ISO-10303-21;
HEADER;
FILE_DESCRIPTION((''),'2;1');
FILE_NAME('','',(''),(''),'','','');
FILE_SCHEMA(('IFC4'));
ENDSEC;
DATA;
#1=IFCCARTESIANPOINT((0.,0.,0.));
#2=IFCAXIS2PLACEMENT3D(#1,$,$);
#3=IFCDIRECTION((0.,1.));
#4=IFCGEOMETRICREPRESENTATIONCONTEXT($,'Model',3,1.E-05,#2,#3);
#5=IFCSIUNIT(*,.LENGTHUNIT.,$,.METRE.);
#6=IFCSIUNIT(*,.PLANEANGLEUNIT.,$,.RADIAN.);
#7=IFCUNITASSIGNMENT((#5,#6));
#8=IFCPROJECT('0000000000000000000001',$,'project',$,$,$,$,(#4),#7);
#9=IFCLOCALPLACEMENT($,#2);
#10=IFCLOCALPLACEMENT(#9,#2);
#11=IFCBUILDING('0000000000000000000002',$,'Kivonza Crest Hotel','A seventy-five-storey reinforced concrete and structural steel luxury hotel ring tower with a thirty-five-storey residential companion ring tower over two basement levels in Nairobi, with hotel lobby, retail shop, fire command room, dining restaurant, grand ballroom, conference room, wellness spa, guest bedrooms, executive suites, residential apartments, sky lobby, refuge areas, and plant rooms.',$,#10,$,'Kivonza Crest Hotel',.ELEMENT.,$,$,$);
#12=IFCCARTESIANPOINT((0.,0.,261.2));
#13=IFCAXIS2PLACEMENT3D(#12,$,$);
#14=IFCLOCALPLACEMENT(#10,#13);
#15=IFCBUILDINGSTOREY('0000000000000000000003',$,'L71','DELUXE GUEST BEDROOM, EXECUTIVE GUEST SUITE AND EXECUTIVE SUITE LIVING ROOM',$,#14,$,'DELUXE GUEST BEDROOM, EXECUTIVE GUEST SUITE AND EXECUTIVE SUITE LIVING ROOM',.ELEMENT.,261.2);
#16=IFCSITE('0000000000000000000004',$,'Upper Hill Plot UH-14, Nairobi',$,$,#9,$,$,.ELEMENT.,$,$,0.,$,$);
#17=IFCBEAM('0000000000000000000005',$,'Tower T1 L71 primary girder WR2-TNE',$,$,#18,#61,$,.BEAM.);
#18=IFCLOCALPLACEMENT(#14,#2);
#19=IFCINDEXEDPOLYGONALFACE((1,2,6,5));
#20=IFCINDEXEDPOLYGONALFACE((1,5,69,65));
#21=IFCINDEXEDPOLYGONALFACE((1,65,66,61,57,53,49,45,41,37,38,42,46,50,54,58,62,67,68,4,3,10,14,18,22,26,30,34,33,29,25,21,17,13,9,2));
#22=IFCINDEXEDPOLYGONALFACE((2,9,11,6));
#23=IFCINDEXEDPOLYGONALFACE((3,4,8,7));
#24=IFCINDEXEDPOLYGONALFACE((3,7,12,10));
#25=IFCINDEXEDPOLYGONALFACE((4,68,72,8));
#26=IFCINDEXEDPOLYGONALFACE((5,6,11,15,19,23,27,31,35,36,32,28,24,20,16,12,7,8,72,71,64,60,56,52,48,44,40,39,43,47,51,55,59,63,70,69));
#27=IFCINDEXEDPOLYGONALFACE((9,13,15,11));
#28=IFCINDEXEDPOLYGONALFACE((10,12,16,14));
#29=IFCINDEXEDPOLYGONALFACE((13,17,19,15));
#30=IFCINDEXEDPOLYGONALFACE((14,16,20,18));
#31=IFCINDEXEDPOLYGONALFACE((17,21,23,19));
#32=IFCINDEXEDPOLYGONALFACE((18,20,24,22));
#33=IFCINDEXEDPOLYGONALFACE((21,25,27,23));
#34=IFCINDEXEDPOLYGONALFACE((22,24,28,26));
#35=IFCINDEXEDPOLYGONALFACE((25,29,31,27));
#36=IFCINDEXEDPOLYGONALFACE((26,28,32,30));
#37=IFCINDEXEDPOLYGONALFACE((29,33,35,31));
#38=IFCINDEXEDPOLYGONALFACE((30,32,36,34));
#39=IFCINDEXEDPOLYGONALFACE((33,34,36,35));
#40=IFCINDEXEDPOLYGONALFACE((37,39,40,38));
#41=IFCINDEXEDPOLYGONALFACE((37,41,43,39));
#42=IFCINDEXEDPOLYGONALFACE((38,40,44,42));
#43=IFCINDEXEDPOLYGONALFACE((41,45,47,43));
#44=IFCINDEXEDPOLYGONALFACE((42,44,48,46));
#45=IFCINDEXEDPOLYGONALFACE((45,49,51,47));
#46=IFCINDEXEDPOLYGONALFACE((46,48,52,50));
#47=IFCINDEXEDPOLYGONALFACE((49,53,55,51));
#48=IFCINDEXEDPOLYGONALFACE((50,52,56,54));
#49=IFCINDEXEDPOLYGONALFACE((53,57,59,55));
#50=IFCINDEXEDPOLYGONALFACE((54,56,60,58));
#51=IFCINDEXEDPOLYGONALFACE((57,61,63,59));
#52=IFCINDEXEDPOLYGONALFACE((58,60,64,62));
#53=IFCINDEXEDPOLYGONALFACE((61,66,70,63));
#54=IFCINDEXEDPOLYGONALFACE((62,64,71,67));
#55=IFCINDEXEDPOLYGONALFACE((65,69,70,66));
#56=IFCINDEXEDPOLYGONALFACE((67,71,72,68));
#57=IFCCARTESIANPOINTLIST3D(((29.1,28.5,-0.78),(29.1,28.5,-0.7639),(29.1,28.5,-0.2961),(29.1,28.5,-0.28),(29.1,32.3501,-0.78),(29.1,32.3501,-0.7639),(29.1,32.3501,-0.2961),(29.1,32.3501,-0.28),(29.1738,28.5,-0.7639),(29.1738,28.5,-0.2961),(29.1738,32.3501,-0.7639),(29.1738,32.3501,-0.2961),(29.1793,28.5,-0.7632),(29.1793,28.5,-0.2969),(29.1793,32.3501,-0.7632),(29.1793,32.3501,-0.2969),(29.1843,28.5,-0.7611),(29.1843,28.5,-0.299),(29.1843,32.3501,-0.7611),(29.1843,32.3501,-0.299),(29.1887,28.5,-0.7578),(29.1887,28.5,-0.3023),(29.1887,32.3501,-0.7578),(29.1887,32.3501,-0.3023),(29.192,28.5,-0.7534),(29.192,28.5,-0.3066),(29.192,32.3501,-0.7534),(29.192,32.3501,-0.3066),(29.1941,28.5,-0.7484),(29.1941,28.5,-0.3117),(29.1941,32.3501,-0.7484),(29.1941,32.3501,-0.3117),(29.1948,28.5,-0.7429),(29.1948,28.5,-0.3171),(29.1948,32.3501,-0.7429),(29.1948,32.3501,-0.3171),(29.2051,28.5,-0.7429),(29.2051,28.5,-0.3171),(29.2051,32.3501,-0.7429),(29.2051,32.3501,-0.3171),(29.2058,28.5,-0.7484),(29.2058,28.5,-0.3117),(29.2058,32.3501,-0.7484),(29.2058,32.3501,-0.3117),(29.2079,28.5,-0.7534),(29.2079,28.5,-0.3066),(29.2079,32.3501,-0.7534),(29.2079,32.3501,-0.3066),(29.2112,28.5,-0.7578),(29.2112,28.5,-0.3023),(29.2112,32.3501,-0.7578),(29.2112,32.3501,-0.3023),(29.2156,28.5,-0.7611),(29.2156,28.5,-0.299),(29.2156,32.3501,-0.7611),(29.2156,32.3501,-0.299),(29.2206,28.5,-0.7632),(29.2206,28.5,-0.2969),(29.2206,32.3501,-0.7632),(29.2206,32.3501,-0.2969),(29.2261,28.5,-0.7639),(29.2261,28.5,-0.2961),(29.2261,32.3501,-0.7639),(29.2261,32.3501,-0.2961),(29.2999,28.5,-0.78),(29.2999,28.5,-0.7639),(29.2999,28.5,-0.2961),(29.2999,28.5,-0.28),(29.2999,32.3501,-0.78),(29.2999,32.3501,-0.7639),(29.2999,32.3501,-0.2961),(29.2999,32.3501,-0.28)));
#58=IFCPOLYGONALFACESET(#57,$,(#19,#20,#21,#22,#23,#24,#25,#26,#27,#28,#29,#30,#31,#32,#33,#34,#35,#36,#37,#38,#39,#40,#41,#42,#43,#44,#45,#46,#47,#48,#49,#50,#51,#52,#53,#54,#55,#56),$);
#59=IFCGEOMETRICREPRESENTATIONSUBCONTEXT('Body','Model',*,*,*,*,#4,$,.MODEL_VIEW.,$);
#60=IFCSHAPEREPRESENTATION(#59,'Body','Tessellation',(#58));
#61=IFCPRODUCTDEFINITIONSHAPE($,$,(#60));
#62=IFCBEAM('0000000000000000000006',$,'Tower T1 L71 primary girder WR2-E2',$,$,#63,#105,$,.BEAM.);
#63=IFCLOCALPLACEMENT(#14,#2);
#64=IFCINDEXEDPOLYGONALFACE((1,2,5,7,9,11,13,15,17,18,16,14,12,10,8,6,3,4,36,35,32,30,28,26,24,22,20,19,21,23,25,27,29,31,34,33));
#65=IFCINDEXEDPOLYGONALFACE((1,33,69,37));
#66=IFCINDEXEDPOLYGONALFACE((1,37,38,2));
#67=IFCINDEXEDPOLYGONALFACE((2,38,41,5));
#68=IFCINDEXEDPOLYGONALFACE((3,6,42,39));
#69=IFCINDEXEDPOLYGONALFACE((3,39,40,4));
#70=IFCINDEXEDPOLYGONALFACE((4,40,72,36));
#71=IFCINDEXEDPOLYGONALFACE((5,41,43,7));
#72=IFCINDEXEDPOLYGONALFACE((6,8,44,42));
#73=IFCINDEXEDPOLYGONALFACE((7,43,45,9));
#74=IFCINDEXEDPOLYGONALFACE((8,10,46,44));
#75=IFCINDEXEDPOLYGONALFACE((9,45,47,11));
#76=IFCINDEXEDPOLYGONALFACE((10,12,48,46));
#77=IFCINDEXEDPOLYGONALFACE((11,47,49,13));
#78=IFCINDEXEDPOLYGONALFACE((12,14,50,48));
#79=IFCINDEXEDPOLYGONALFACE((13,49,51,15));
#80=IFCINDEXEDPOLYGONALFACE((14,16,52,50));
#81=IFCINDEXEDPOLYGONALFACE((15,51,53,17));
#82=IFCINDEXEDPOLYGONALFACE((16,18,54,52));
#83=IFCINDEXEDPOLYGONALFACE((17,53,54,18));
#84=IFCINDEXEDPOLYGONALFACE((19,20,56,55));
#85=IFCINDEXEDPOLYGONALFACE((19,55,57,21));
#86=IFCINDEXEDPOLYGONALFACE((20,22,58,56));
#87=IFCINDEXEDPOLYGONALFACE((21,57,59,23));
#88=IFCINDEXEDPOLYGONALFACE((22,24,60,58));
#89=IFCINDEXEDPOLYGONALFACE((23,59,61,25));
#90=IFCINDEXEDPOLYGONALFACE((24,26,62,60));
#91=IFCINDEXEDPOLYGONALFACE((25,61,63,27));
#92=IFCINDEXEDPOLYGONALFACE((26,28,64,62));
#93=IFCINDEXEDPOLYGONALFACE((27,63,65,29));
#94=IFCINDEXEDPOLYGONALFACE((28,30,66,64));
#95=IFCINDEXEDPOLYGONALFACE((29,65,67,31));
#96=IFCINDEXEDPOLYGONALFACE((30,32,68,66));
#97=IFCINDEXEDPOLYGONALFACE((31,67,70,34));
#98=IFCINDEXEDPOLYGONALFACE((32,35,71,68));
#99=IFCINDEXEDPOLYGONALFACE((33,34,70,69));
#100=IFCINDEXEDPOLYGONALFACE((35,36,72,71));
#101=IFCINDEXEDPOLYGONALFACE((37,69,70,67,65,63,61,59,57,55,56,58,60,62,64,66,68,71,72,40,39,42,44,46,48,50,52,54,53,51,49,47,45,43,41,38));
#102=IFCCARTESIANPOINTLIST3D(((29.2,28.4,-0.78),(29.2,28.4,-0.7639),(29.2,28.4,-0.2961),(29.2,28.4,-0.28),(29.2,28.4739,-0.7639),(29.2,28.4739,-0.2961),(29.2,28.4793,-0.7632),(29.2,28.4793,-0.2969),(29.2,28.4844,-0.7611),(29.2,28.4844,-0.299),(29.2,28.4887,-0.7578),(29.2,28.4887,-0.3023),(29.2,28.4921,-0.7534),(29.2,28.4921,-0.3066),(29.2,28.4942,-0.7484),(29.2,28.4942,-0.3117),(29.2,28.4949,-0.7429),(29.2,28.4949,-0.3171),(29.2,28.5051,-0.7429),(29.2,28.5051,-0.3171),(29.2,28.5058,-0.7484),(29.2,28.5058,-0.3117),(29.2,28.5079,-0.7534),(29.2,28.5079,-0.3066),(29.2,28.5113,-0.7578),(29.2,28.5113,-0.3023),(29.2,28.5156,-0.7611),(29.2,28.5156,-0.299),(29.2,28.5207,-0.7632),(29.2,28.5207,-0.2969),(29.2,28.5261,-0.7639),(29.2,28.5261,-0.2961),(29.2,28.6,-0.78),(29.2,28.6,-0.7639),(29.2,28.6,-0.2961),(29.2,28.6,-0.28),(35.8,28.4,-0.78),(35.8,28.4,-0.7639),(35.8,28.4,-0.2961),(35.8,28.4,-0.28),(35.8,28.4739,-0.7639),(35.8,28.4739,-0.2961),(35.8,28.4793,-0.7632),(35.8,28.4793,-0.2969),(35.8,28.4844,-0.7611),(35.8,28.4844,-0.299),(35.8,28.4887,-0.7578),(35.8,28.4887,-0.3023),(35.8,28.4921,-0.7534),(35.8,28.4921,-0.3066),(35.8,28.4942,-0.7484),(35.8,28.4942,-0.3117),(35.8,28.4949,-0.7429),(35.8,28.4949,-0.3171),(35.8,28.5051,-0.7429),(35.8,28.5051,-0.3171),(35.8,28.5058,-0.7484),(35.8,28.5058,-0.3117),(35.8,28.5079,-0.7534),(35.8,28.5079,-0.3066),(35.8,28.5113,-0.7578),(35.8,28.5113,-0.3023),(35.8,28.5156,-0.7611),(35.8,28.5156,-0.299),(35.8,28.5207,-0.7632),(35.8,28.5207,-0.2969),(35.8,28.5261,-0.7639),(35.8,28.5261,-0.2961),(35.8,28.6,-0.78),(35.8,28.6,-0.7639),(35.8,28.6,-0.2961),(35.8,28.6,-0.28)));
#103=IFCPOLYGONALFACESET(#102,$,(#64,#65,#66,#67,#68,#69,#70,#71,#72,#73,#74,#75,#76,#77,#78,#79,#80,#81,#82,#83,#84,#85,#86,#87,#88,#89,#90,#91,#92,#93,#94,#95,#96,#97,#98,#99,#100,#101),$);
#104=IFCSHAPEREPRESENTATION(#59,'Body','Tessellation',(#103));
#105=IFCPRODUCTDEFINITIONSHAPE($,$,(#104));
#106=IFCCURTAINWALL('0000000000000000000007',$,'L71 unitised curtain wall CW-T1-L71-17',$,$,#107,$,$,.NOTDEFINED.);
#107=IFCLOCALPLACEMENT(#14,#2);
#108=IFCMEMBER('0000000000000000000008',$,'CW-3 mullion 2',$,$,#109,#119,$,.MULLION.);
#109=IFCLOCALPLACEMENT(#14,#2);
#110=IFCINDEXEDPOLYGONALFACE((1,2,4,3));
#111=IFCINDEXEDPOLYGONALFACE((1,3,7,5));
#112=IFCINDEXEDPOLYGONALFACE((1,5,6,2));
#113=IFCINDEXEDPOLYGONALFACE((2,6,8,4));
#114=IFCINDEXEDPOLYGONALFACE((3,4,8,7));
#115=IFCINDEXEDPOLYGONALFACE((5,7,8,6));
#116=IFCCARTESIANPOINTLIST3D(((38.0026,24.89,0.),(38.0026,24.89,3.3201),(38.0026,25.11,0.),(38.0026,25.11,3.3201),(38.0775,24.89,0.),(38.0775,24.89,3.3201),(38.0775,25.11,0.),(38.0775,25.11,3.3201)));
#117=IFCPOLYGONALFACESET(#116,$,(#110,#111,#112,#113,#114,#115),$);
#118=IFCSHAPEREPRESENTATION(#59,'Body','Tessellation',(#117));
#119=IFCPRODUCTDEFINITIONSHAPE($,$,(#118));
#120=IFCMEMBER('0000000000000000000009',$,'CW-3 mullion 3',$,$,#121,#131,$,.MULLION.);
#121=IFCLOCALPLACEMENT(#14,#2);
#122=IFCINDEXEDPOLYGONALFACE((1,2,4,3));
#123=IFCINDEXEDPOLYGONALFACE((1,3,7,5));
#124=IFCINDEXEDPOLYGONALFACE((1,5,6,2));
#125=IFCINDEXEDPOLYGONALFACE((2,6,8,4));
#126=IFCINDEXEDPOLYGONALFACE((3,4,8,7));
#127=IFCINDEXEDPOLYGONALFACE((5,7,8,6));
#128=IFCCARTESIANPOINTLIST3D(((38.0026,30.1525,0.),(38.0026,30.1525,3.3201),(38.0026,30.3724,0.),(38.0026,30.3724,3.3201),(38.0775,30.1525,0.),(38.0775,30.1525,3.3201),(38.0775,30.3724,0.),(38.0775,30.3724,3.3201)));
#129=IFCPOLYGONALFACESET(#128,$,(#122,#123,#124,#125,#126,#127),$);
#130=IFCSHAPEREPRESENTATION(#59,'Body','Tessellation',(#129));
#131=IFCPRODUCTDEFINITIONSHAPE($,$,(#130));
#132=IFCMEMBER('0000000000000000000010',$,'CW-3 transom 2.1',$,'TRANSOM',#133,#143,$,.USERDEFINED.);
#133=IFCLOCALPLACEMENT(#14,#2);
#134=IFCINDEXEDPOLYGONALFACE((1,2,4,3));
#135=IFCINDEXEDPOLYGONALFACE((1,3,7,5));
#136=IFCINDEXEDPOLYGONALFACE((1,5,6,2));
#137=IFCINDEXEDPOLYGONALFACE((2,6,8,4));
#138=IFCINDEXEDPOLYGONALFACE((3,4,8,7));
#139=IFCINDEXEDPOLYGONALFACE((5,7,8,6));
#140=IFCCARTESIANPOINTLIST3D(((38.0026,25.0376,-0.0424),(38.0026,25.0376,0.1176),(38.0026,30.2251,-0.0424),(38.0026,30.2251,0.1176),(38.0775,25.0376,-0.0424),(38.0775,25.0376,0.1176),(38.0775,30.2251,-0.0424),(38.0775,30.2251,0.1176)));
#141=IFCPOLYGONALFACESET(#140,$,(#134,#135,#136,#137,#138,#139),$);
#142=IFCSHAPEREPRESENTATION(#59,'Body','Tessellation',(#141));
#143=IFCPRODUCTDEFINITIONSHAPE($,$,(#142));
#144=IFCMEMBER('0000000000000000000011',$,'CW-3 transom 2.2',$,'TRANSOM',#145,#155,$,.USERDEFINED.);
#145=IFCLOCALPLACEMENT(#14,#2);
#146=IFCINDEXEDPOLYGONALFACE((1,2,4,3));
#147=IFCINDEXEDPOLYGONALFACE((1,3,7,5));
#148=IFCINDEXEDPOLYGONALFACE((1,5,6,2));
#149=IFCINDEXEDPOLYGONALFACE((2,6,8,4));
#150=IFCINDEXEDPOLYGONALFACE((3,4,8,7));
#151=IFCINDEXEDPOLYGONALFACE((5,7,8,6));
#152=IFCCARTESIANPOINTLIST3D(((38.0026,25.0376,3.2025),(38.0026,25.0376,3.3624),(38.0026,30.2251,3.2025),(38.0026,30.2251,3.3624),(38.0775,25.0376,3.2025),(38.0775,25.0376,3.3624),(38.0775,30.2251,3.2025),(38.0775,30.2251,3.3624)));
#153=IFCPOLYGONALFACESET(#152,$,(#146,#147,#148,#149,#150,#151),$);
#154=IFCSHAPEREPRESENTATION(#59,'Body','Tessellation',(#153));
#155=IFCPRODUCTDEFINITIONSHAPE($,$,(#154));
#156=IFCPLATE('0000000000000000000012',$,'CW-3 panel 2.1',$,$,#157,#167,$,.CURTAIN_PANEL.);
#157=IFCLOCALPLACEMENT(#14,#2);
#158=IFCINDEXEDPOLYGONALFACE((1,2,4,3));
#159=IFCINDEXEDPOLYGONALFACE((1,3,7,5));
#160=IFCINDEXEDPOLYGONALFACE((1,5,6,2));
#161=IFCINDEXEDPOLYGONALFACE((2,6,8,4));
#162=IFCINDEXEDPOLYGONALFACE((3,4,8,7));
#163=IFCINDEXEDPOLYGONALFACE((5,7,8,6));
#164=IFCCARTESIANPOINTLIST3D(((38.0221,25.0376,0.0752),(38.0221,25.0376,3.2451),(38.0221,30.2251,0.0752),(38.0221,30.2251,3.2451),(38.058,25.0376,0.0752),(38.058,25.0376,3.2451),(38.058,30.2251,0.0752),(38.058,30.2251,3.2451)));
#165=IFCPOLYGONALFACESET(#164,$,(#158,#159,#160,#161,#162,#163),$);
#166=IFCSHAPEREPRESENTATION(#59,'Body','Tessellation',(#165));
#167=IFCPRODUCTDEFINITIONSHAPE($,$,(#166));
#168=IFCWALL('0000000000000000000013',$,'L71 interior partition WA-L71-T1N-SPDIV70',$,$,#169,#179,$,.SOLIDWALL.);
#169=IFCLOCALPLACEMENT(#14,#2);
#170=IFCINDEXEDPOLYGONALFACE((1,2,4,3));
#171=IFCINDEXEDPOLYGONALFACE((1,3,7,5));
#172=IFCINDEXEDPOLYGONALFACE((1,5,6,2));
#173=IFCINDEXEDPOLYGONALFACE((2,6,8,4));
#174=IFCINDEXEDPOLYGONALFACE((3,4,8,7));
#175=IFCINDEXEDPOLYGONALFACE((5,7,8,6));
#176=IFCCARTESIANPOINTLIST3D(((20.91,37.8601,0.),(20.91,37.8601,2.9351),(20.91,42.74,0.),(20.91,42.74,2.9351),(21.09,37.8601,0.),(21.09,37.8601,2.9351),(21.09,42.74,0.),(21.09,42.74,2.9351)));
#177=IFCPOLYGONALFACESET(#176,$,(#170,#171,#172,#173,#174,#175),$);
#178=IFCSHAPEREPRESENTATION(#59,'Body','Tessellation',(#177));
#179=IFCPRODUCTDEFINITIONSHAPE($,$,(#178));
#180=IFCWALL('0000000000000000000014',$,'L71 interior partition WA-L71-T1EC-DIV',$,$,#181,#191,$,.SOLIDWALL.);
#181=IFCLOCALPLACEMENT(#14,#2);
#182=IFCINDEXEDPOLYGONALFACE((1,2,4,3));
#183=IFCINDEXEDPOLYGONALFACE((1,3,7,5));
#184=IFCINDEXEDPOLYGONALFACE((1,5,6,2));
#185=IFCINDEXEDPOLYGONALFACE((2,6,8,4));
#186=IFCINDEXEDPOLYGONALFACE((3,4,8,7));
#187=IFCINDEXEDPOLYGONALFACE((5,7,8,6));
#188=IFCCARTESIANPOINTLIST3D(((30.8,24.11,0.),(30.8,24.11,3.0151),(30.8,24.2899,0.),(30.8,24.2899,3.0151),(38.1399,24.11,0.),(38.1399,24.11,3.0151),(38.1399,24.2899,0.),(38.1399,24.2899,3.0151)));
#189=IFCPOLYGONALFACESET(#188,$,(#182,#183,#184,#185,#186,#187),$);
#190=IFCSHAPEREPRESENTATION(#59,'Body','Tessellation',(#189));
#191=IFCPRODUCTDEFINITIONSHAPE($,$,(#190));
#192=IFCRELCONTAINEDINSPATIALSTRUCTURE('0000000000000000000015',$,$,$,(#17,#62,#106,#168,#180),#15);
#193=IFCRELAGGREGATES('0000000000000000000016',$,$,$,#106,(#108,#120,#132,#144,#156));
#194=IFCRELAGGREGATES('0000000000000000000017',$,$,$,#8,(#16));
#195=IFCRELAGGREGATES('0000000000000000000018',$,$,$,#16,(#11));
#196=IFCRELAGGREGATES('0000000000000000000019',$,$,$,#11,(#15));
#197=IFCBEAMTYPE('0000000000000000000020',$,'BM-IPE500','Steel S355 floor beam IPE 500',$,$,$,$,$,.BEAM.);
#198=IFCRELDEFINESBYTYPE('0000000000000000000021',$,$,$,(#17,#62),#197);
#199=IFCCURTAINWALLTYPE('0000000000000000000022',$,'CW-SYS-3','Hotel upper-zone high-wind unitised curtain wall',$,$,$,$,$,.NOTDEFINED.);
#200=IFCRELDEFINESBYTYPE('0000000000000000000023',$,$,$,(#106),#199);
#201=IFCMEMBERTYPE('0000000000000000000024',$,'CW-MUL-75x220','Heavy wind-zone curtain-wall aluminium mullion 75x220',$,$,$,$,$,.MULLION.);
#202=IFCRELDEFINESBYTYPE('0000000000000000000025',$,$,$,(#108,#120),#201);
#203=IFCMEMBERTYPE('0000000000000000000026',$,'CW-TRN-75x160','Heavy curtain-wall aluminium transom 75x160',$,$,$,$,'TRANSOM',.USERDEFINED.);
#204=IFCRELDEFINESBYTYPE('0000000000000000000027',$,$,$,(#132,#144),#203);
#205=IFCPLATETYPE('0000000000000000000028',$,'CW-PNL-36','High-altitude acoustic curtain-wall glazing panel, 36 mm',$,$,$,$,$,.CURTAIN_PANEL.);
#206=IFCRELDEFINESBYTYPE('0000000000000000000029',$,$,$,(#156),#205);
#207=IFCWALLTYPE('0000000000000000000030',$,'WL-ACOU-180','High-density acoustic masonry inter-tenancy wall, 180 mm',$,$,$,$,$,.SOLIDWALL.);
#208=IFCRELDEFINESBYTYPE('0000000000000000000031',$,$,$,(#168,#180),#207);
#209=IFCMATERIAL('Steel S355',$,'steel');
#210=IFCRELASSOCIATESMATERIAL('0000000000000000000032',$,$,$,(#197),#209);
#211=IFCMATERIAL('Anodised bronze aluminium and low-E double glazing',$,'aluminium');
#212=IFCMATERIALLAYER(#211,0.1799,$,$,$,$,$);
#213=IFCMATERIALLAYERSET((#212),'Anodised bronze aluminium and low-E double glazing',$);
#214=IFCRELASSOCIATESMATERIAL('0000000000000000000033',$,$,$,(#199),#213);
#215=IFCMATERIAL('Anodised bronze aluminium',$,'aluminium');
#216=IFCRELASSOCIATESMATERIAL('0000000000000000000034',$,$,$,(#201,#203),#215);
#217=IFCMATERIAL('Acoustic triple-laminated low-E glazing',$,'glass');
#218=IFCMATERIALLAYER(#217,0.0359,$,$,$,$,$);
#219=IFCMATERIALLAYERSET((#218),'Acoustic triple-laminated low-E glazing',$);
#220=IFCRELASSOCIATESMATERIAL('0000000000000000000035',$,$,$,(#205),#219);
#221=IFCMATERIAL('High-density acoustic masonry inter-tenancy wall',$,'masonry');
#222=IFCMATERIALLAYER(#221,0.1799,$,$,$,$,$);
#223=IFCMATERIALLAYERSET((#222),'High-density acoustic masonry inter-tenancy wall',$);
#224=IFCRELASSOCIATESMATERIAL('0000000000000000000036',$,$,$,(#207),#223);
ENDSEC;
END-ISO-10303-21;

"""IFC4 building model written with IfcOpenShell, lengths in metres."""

from ifc_helpers import new_model, si_unit, direction, frame, frame_2d, origin, origin_2d, place, context, subcontext, project, spatial, rectangle, i_section, extrude, material, layer, layer_set, material_profile, profile_set, type_object, element, aggregate, save


model = new_model("IFC4")

# Units and contexts
model_context = context("Model", 3, precision=1e-05, world=origin(), true_north=direction((0.0, 1.0)))
body_context = subcontext(model_context, "Body", "Model", "MODEL_VIEW")
ifc_project = project(units=[si_unit("LENGTHUNIT", "METRE"), si_unit("PLANEANGLEUNIT", "RADIAN")], contexts=[model_context])

# Site, building, storey
site_placement = place(None, origin())
site = spatial("IfcSite", under=ifc_project, at=site_placement, Name="Upper Hill Plot UH-14, Nairobi", CompositionType="ELEMENT", RefElevation=0.0)
building_placement = place(site_placement, origin())
building = spatial("IfcBuilding", under=site, at=building_placement, Name="Kivonza Crest Hotel", Description="A seventy-five-storey reinforced concrete and structural steel luxury hotel ring tower with a thirty-five-storey residential companion ring tower over two basement levels in Nairobi, with hotel lobby, retail shop, fire command room, dining restaurant, grand ballroom, conference room, wellness spa, guest bedrooms, executive suites, residential apartments, sky lobby, refuge areas, and plant rooms.", LongName="Kivonza Crest Hotel", CompositionType="ELEMENT")
storey_placement = place(building_placement, frame((0.0, 0.0, 261.2)))
storey = spatial("IfcBuildingStorey", under=building, at=storey_placement, Name="L71", Description="DELUXE GUEST BEDROOM, EXECUTIVE GUEST SUITE AND EXECUTIVE SUITE LIVING ROOM", LongName="DELUXE GUEST BEDROOM, EXECUTIVE GUEST SUITE AND EXECUTIVE SUITE LIVING ROOM", CompositionType="ELEMENT", Elevation=261.2)

# Beams
ifc_material_1 = material(Name="Steel S355", Category="steel")
ifc_material_profile_1 = material_profile(ifc_material_1, i_section(OverallWidth=0.2, OverallDepth=0.5, WebThickness=0.0103, FlangeThickness=0.0161, FilletRadius=0.021, at=origin_2d()), Name="IPE 500")
ifc_profile_set_1 = profile_set([ifc_material_profile_1], Name="Steel S355")
beam_type_1 = type_object("IfcBeamType", Name="BM-IPE500", Description="Steel S355 floor beam IPE 500", PredefinedType="BEAM", material=ifc_profile_set_1)
beam_1_placement = place(storey_placement, frame((29.2, 28.5, -0.53), z_axis=(0.0, 1.0, 0.0), x_axis=(-1.0, 0.0, 0.0)))
element("IfcBeam", 1, at=beam_1_placement, inside=storey, type_object=beam_type_1, Name="Tower T1 L71 primary girder WR2-TNE", PredefinedType="BEAM", context=body_context, shape_type="SweptSolid", body=[
    extrude(i_section(OverallWidth=0.2, OverallDepth=0.5, WebThickness=0.0103, FlangeThickness=0.0161, FilletRadius=0.021, at=origin_2d()), origin(), (0.0, 0.0, 1.0), 3.8501),
])
beam_2_placement = place(storey_placement, frame((29.2, 28.5, -0.53), z_axis=(1.0, 0.0, 0.0), x_axis=(0.0, 1.0, 0.0)))
element("IfcBeam", 2, at=beam_2_placement, inside=storey, type_object=beam_type_1, Name="Tower T1 L71 primary girder WR2-E2", PredefinedType="BEAM", context=body_context, shape_type="SweptSolid", body=[
    extrude(i_section(OverallWidth=0.2, OverallDepth=0.5, WebThickness=0.0103, FlangeThickness=0.0161, FilletRadius=0.021, at=origin_2d()), origin(), (0.0, 0.0, 1.0), 6.6001),
])

# Curtain wall, members, plate
ifc_material_2 = material(Name="Anodised bronze aluminium and low-E double glazing", Category="aluminium")
ifc_layer_1 = layer(ifc_material_2, 0.1799)
ifc_layer_set_1 = layer_set([ifc_layer_1], Name="Anodised bronze aluminium and low-E double glazing")
curtain_wall_type = type_object("IfcCurtainWallType", Name="CW-SYS-3", Description="Hotel upper-zone high-wind unitised curtain wall", PredefinedType="NOTDEFINED", material=ifc_layer_set_1)
curtain_wall_placement = place(storey_placement, origin())
curtain_wall = element("IfcCurtainWall", 3, at=curtain_wall_placement, inside=storey, type_object=curtain_wall_type, Name="L71 unitised curtain wall CW-T1-L71-17", PredefinedType="NOTDEFINED")
ifc_material_3 = material(Name="Anodised bronze aluminium", Category="aluminium")
ifc_material_profile_2 = material_profile(ifc_material_3, rectangle(XDim=0.075, YDim=0.22, at=origin_2d()), Name="CW-M 75x220")
ifc_profile_set_2 = profile_set([ifc_material_profile_2], Name="Anodised bronze aluminium")
member_type_1 = type_object("IfcMemberType", Name="CW-MUL-75x220", Description="Heavy wind-zone curtain-wall aluminium mullion 75x220", PredefinedType="MULLION", material=ifc_profile_set_2)
member_1_placement = place(storey_placement, frame((38.04, 25.0, 0.0), z_axis=(0.0, 0.0, 1.0), x_axis=(-1.0, 0.0, 0.0)))
member_1 = element("IfcMember", 4, at=member_1_placement, type_object=member_type_1, Name="CW-3 mullion 2", PredefinedType="MULLION", context=body_context, shape_type="SweptSolid", body=[
    extrude(rectangle(XDim=0.075, YDim=0.22, at=origin_2d()), origin(), (0.0, 0.0, 1.0), 3.3201),
])
member_2_placement = place(storey_placement, frame((38.04, 30.2625, 0.0), z_axis=(0.0, 0.0, 1.0), x_axis=(-1.0, 0.0, 0.0)))
member_2 = element("IfcMember", 5, at=member_2_placement, type_object=member_type_1, Name="CW-3 mullion 3", PredefinedType="MULLION", context=body_context, shape_type="SweptSolid", body=[
    extrude(rectangle(XDim=0.075, YDim=0.22, at=origin_2d()), origin(), (0.0, 0.0, 1.0), 3.3201),
])
ifc_material_profile_3 = material_profile(ifc_material_3, rectangle(XDim=0.075, YDim=0.1599, at=origin_2d()), Name="CW-T 75x160")
ifc_profile_set_3 = profile_set([ifc_material_profile_3], Name="Anodised bronze aluminium")
member_type_2 = type_object("IfcMemberType", Name="CW-TRN-75x160", Description="Heavy curtain-wall aluminium transom 75x160", ElementType="TRANSOM", PredefinedType="USERDEFINED", material=ifc_profile_set_3)
member_3_placement = place(storey_placement, frame((38.04, 25.0376, 0.0376), z_axis=(0.0, 1.0, 0.0), x_axis=(-1.0, 0.0, 0.0)))
member_3 = element("IfcMember", 6, at=member_3_placement, type_object=member_type_2, Name="CW-3 transom 2.1", ObjectType="TRANSOM", PredefinedType="USERDEFINED", context=body_context, shape_type="SweptSolid", body=[
    extrude(rectangle(XDim=0.075, YDim=0.1599, at=origin_2d()), origin(), (0.0, 0.0, 1.0), 5.1875),
])
member_4_placement = place(storey_placement, frame((38.04, 25.0376, 3.2825), z_axis=(0.0, 1.0, 0.0), x_axis=(-1.0, 0.0, 0.0)))
member_4 = element("IfcMember", 7, at=member_4_placement, type_object=member_type_2, Name="CW-3 transom 2.2", ObjectType="TRANSOM", PredefinedType="USERDEFINED", context=body_context, shape_type="SweptSolid", body=[
    extrude(rectangle(XDim=0.075, YDim=0.1599, at=origin_2d()), origin(), (0.0, 0.0, 1.0), 5.1875),
])
ifc_material_4 = material(Name="Acoustic triple-laminated low-E glazing", Category="glass")
ifc_layer_2 = layer(ifc_material_4, 0.0359)
ifc_layer_set_2 = layer_set([ifc_layer_2], Name="Acoustic triple-laminated low-E glazing")
plate_type = type_object("IfcPlateType", Name="CW-PNL-36", Description="High-altitude acoustic curtain-wall glazing panel, 36 mm", PredefinedType="CURTAIN_PANEL", material=ifc_layer_set_2)
plate_placement = place(storey_placement, frame((38.04, 27.6313, 0.0752), z_axis=(0.0, 0.0, 1.0), x_axis=(0.0, 1.0, 0.0)))
plate = element("IfcPlate", 8, at=plate_placement, type_object=plate_type, Name="CW-3 panel 2.1", PredefinedType="CURTAIN_PANEL", context=body_context, shape_type="SweptSolid", body=[
    extrude(rectangle(XDim=5.1875, YDim=0.0359, at=origin_2d()), origin(), (0.0, 0.0, 1.0), 3.1699),
])
aggregate(curtain_wall, [member_1, member_2, member_3, member_4, plate])

# Walls
ifc_material_5 = material(Name="High-density acoustic masonry inter-tenancy wall", Category="masonry")
ifc_layer_3 = layer(ifc_material_5, 0.1799)
ifc_layer_set_3 = layer_set([ifc_layer_3], Name="High-density acoustic masonry inter-tenancy wall")
wall_type_1 = type_object("IfcWallType", Name="WL-ACOU-180", Description="High-density acoustic masonry inter-tenancy wall, 180 mm", PredefinedType="SOLIDWALL", material=ifc_layer_set_3)
wall_1_placement = place(storey_placement, frame((21.0, 37.8601, 0.0), z_axis=(0.0, 0.0, 1.0), x_axis=(0.0, 1.0, 0.0)))
element("IfcWall", 9, at=wall_1_placement, inside=storey, type_object=wall_type_1, Name="L71 interior partition WA-L71-T1N-SPDIV70", PredefinedType="SOLIDWALL", context=body_context, shape_type="SweptSolid", body=[
    extrude(rectangle(XDim=4.8799, YDim=0.1799, at=frame_2d((2.4399, 0.0))), origin(), (0.0, 0.0, 1.0), 2.9351),
])
wall_2_placement = place(storey_placement, frame((30.8, 24.2, 0.0), z_axis=(0.0, 0.0, 1.0), x_axis=(1.0, 0.0, 0.0)))
element("IfcWall", 10, at=wall_2_placement, inside=storey, type_object=wall_type_1, Name="L71 interior partition WA-L71-T1EC-DIV", PredefinedType="SOLIDWALL", context=body_context, shape_type="SweptSolid", body=[
    extrude(rectangle(XDim=7.3398, YDim=0.1799, at=frame_2d((3.6699, 0.0))), origin(), (0.0, 0.0, 1.0), 3.0151),
])

save(model, "model.ifc")
